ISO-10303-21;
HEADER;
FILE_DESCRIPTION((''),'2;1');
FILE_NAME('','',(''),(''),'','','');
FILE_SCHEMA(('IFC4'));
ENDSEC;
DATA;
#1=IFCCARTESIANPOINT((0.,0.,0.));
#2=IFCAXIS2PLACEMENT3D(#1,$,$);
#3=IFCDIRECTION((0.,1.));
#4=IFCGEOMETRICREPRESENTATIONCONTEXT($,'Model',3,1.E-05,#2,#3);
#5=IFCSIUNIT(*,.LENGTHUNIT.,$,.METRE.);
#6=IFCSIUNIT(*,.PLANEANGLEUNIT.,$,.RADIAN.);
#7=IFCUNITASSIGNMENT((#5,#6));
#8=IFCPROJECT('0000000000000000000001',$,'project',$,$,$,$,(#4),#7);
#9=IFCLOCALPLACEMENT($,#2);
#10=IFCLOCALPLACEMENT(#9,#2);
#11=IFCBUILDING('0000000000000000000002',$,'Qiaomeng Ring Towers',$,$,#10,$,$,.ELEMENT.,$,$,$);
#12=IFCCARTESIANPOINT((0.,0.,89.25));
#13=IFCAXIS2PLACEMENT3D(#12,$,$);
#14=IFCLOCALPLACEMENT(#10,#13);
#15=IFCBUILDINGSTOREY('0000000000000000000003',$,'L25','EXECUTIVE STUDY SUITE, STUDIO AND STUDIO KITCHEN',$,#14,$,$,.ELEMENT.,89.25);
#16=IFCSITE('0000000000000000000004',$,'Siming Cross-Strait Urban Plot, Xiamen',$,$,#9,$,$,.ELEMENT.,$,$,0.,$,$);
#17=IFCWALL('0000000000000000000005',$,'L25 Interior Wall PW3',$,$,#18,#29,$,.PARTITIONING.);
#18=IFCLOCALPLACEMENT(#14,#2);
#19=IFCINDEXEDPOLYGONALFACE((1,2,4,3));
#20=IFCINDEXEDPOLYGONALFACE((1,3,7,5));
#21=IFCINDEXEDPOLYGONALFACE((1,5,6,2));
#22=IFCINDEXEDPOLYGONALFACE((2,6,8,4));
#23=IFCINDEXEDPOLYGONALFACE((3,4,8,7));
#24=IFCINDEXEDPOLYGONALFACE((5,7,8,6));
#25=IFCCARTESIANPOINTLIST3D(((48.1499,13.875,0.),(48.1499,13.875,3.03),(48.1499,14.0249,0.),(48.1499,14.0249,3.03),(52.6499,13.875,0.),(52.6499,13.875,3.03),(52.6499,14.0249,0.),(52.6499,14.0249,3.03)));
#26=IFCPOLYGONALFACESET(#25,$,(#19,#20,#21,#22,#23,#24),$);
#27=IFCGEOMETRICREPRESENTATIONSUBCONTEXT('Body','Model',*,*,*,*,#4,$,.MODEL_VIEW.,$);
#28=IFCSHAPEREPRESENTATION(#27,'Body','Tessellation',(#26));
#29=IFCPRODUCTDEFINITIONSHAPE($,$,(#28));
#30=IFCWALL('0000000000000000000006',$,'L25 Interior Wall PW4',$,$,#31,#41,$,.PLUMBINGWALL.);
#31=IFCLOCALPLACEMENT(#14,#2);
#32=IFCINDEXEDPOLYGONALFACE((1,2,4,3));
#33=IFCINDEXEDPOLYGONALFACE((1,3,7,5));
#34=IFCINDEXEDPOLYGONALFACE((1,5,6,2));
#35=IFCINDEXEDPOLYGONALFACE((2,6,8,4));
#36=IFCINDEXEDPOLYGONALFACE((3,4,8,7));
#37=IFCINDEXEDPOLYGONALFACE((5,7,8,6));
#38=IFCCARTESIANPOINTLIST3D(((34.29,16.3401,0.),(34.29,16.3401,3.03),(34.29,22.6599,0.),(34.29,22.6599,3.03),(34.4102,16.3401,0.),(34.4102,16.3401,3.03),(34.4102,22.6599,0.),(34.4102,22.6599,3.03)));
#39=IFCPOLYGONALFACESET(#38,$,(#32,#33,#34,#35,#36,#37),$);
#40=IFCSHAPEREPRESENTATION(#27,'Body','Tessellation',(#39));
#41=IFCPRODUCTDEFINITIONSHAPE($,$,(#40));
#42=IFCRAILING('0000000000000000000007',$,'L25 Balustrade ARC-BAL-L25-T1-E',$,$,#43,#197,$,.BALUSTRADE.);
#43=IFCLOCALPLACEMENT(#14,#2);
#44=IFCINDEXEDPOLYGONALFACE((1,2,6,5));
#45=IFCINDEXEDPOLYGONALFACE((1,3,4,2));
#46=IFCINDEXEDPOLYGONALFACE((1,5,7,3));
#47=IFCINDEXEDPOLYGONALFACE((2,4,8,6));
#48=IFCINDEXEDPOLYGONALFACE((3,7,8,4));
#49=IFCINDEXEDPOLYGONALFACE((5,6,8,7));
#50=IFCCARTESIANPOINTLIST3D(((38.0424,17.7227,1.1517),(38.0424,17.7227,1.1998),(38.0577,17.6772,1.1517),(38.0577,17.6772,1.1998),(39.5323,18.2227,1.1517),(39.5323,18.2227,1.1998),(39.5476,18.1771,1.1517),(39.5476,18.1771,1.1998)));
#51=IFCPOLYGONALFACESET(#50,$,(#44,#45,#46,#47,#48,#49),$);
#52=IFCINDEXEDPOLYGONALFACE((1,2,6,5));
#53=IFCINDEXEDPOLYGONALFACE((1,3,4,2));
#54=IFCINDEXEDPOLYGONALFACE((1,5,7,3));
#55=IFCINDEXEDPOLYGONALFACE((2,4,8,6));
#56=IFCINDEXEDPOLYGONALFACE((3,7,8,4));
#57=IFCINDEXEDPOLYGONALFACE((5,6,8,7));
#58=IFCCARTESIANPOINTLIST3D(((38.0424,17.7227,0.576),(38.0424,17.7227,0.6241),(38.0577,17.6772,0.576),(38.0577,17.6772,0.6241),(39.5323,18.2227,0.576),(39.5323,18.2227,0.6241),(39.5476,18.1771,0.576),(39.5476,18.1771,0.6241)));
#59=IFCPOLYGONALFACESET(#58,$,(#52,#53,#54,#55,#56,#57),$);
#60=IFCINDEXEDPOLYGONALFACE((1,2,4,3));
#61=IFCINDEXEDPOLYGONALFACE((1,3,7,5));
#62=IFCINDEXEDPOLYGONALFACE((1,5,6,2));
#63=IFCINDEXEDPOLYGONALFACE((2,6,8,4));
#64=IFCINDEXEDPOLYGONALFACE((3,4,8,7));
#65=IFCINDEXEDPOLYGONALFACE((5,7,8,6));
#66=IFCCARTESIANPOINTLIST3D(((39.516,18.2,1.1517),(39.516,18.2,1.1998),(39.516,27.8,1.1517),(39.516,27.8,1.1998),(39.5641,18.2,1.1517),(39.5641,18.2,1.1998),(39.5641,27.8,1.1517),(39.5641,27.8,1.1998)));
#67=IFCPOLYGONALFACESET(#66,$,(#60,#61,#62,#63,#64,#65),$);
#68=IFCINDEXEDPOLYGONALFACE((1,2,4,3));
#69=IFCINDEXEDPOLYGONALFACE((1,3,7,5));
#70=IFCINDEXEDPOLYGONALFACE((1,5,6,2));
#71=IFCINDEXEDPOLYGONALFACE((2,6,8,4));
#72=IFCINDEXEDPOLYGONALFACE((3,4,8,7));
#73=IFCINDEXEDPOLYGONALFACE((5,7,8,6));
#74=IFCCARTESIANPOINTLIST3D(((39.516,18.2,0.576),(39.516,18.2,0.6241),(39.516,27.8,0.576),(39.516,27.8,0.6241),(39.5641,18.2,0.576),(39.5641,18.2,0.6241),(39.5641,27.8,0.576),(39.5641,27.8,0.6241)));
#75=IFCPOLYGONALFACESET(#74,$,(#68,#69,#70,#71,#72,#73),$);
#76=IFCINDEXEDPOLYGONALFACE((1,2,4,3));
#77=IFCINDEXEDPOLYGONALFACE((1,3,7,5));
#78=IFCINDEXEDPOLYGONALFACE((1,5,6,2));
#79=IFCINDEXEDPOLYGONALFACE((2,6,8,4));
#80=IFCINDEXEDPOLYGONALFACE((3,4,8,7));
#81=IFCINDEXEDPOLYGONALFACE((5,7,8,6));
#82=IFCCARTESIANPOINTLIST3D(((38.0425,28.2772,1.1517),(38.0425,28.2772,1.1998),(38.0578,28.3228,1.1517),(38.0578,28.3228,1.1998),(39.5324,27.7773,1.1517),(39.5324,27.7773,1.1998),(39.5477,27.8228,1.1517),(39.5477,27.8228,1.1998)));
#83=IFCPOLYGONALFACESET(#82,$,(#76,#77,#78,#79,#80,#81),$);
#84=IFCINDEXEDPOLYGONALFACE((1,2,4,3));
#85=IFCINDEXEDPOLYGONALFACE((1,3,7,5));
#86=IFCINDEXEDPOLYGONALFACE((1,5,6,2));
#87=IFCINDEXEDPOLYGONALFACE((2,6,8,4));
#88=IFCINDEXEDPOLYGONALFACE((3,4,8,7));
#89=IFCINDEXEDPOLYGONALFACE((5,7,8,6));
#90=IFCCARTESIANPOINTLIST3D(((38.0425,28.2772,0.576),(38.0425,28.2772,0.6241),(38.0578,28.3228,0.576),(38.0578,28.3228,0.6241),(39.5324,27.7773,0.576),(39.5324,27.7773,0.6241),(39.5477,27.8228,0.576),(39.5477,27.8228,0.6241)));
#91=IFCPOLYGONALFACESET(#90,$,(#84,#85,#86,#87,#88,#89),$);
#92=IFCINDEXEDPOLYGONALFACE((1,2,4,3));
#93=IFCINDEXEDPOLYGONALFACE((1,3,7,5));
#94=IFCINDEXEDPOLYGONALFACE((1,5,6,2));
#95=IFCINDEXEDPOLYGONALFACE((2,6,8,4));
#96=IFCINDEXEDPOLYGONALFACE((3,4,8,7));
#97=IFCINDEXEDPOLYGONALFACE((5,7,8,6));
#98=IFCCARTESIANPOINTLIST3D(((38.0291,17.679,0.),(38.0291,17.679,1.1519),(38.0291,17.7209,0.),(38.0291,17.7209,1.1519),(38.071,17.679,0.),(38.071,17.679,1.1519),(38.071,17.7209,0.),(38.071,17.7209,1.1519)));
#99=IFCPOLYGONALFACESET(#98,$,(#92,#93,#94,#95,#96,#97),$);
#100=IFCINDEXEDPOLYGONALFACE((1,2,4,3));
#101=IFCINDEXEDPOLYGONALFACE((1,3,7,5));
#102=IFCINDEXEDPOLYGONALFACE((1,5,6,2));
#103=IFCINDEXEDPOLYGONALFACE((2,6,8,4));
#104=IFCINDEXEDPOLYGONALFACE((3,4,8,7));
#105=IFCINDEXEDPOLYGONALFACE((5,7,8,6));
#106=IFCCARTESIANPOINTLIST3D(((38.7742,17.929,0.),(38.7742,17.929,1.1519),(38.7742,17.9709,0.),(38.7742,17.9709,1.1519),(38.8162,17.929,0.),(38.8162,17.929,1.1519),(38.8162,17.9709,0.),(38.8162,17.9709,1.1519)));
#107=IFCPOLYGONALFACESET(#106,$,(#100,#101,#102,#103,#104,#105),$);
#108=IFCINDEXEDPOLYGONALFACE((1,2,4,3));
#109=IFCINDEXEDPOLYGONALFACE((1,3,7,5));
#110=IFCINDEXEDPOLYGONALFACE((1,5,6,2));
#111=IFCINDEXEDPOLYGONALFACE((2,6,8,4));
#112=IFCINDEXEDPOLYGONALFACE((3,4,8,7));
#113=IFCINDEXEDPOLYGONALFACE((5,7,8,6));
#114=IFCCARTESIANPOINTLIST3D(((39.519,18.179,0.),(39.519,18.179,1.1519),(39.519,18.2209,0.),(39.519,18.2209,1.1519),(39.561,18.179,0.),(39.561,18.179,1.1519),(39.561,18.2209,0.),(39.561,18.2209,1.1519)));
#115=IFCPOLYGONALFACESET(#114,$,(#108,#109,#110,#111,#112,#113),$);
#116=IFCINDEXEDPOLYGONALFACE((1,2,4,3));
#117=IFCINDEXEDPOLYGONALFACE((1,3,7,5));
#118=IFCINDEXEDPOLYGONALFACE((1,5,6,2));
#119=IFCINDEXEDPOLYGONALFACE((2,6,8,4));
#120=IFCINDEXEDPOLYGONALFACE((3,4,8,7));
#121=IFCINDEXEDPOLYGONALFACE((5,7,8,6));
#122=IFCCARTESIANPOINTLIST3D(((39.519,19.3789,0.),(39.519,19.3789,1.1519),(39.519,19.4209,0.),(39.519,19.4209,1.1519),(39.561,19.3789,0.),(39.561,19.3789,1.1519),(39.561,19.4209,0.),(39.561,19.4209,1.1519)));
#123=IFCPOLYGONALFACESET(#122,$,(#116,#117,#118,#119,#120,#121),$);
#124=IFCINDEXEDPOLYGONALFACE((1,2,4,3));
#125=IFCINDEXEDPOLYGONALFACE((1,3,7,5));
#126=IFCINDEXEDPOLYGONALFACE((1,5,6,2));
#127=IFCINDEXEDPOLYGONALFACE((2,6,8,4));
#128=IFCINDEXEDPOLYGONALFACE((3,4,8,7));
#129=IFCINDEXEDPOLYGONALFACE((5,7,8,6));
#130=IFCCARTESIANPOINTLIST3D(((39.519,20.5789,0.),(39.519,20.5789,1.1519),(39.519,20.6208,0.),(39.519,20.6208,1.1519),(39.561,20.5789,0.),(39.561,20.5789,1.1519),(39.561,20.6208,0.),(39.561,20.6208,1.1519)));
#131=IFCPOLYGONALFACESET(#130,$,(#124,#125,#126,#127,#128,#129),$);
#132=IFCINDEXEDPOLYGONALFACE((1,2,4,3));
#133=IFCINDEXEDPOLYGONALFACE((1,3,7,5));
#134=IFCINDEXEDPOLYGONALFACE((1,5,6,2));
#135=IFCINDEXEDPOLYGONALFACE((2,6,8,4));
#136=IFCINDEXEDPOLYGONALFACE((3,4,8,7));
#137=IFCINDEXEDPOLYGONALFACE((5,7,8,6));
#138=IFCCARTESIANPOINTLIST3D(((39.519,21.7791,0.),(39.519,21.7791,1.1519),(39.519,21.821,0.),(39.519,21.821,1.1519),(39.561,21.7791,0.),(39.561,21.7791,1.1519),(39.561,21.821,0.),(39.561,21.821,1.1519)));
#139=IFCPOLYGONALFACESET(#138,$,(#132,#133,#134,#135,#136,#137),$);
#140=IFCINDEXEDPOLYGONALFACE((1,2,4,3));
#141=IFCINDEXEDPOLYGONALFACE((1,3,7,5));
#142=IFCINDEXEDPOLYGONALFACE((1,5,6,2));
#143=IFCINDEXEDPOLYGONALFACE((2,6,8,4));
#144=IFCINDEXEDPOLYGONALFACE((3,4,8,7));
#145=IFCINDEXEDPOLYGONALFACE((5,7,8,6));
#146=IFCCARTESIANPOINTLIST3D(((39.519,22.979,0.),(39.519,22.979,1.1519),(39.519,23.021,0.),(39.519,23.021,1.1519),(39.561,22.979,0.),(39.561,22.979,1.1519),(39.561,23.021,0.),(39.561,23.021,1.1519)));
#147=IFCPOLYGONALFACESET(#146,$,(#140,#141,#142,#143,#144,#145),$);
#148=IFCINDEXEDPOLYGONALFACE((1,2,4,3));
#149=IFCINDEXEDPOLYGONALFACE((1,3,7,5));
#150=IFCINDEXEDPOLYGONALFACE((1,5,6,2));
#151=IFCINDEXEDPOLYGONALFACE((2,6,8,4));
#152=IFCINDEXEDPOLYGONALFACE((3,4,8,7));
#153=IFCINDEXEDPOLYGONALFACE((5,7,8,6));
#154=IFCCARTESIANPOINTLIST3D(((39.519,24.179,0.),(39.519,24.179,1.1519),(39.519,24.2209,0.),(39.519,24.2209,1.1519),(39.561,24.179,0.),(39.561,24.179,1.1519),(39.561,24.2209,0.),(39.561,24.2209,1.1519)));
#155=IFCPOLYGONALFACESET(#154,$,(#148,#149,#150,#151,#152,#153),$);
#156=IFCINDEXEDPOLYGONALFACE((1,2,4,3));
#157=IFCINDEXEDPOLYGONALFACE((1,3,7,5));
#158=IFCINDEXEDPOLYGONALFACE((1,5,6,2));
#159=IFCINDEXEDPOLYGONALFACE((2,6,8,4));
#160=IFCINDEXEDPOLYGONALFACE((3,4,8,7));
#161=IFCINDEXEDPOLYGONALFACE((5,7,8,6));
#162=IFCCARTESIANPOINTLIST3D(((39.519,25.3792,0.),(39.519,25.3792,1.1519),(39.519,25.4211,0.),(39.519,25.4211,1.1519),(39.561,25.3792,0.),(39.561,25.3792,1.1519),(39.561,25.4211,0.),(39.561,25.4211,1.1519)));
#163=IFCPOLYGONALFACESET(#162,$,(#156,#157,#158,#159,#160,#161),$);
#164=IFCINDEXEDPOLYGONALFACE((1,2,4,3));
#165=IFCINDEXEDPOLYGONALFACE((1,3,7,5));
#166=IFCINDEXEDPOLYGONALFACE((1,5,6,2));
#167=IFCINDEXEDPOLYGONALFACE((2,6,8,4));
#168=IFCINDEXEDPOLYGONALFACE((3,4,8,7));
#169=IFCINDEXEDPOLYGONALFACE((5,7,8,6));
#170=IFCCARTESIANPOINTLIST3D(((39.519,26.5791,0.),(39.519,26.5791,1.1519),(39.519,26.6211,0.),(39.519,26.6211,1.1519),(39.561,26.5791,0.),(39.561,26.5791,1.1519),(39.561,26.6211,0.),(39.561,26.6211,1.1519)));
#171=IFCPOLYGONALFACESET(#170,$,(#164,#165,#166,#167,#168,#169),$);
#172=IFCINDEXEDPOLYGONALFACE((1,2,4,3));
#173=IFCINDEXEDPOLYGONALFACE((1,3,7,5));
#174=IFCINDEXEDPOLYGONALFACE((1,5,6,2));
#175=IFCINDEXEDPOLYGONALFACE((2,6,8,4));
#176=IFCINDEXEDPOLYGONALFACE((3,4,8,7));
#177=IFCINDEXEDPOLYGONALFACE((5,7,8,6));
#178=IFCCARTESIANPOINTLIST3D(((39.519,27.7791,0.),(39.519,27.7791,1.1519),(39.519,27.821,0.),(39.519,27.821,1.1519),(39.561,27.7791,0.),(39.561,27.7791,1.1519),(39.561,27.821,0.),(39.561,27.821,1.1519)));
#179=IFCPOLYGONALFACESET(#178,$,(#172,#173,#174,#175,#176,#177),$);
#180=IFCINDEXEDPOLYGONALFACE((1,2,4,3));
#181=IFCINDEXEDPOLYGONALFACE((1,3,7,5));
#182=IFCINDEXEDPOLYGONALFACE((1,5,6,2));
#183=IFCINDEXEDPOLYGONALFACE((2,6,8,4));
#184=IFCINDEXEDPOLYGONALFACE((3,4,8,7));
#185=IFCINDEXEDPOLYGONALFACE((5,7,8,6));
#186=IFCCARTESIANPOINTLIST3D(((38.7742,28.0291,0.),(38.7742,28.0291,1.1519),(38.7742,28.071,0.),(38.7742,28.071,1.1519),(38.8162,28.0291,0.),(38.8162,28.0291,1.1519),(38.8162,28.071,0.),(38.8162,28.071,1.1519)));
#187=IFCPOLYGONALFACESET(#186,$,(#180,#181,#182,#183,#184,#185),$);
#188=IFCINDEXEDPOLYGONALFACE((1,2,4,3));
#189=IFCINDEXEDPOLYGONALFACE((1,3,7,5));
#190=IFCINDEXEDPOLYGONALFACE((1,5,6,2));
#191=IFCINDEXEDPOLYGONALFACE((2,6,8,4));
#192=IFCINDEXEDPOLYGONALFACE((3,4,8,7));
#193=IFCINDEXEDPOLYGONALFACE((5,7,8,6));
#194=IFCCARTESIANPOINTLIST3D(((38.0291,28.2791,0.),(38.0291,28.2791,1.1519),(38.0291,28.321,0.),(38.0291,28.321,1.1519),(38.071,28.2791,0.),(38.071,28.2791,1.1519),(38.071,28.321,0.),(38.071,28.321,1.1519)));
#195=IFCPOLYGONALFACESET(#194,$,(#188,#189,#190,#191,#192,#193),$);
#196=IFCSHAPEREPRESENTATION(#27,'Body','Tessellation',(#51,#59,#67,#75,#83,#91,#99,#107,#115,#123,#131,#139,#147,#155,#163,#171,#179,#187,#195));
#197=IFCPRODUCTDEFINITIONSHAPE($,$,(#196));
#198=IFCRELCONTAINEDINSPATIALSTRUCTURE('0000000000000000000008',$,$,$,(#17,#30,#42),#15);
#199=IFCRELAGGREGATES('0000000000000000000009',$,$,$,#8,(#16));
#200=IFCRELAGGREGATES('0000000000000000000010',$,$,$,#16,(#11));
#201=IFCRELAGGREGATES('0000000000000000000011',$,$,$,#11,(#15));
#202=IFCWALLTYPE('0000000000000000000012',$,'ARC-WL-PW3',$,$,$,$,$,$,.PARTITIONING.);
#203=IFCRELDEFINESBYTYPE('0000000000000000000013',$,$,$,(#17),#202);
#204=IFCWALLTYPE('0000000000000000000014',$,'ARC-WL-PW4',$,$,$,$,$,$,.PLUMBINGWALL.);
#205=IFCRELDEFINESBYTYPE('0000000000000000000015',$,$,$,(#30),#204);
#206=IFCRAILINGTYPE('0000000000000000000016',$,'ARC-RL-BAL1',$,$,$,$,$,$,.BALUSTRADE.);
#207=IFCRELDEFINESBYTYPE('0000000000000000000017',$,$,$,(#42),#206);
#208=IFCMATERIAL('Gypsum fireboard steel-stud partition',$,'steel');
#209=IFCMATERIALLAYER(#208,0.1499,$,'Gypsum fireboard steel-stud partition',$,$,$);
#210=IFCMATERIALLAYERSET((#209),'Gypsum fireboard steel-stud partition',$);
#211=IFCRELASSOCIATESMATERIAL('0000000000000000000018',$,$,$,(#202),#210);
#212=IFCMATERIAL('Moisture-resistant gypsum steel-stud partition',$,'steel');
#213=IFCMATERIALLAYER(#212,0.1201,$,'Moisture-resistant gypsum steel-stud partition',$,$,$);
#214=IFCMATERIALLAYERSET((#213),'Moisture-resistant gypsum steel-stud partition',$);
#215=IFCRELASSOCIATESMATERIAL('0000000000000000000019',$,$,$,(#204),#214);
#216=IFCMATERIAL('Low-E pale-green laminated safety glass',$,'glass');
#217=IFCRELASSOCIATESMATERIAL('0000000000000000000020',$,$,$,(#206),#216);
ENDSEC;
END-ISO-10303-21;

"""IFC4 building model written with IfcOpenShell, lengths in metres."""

from ifc_helpers import new_model, si_unit, direction, frame, frame_2d, origin, origin_2d, place, context, subcontext, project, spatial, rectangle, extrude, material, layer, layer_set, type_object, element, save


model = new_model("IFC4")

# Units and contexts
model_context = context("Model", 3, precision=1e-05, world=origin(), true_north=direction((0.0, 1.0)))
body_context = subcontext(model_context, "Body", "Model", "MODEL_VIEW")
ifc_project = project(units=[si_unit("LENGTHUNIT", "METRE"), si_unit("PLANEANGLEUNIT", "RADIAN")], contexts=[model_context])

# Site, building, storey
site_placement = place(None, origin())
site = spatial("IfcSite", under=ifc_project, at=site_placement, Name="Siming Cross-Strait Urban Plot, Xiamen", CompositionType="ELEMENT", RefElevation=0.0)
building_placement = place(site_placement, origin())
building = spatial("IfcBuilding", under=site, at=building_placement, Name="Qiaomeng Ring Towers", CompositionType="ELEMENT")
storey_placement = place(building_placement, frame((0.0, 0.0, 89.25)))
storey = spatial("IfcBuildingStorey", under=building, at=storey_placement, Name="L25", Description="EXECUTIVE STUDY SUITE, STUDIO AND STUDIO KITCHEN", CompositionType="ELEMENT", Elevation=89.25)

# Walls
ifc_material_1 = material(Name="Gypsum fireboard steel-stud partition", Category="steel")
ifc_layer_1 = layer(ifc_material_1, 0.1499, Name="Gypsum fireboard steel-stud partition")
ifc_layer_set_1 = layer_set([ifc_layer_1], Name="Gypsum fireboard steel-stud partition")
wall_type_1 = type_object("IfcWallType", Name="ARC-WL-PW3", PredefinedType="PARTITIONING", material=ifc_layer_set_1)
wall_1_placement = place(storey_placement, frame((48.1499, 13.95, 0.0), z_axis=(0.0, 0.0, 1.0), x_axis=(1.0, 0.0, 0.0)))
element("IfcWall", 1, at=wall_1_placement, inside=storey, type_object=wall_type_1, Name="L25 Interior Wall PW3", PredefinedType="PARTITIONING", context=body_context, shape_type="SweptSolid", body=[
    extrude(rectangle(XDim=4.5, YDim=0.1499, at=frame_2d((2.25, 0.0))), origin(), (0.0, 0.0, 1.0), 3.03),
])
ifc_material_2 = material(Name="Moisture-resistant gypsum steel-stud partition", Category="steel")
ifc_layer_2 = layer(ifc_material_2, 0.1201, Name="Moisture-resistant gypsum steel-stud partition")
ifc_layer_set_2 = layer_set([ifc_layer_2], Name="Moisture-resistant gypsum steel-stud partition")
wall_type_2 = type_object("IfcWallType", Name="ARC-WL-PW4", PredefinedType="PLUMBINGWALL", material=ifc_layer_set_2)
wall_2_placement = place(storey_placement, frame((34.3501, 16.3401, 0.0), z_axis=(0.0, 0.0, 1.0), x_axis=(0.0, 1.0, 0.0)))
element("IfcWall", 2, at=wall_2_placement, inside=storey, type_object=wall_type_2, Name="L25 Interior Wall PW4", PredefinedType="PLUMBINGWALL", context=body_context, shape_type="SweptSolid", body=[
    extrude(rectangle(XDim=6.3198, YDim=0.1201, at=frame_2d((3.1599, 0.0))), origin(), (0.0, 0.0, 1.0), 3.03),
])

# Railing
ifc_material_3 = material(Name="Low-E pale-green laminated safety glass", Category="glass")
railing_type = type_object("IfcRailingType", Name="ARC-RL-BAL1", PredefinedType="BALUSTRADE", material=ifc_material_3)
railing_1_placement = place(storey_placement, frame((38.05, 17.7, 0.0)))
element("IfcRailing", 3, at=railing_1_placement, inside=storey, type_object=railing_type, Name="L25 Balustrade ARC-BAL-L25-T1-E", PredefinedType="BALUSTRADE", context=body_context, shape_type="SweptSolid", body=[
    extrude(rectangle(XDim=0.0481, YDim=0.0481, at=origin_2d()), frame((0.0, 0.0, 1.1758), z_axis=(0.948044, 0.318138, 0.0), x_axis=(-0.318138, 0.948044, 0.0)), (0.0, 0.0, 1.0), 1.5715),
    extrude(rectangle(XDim=0.0481, YDim=0.0481, at=origin_2d()), frame((0.0, 0.0, 0.6001), z_axis=(0.948044, 0.318138, 0.0), x_axis=(-0.318138, 0.948044, 0.0)), (0.0, 0.0, 1.0), 1.5715),
    extrude(rectangle(XDim=0.0481, YDim=0.0481, at=origin_2d()), frame((1.49, 0.5, 1.1758), z_axis=(0.0, 1.0, 0.0), x_axis=(-1.0, 0.0, 0.0)), (0.0, 0.0, 1.0), 9.6001),
    extrude(rectangle(XDim=0.0481, YDim=0.0481, at=origin_2d()), frame((1.49, 0.5, 0.6001), z_axis=(0.0, 1.0, 0.0), x_axis=(-1.0, 0.0, 0.0)), (0.0, 0.0, 1.0), 9.6001),
    extrude(rectangle(XDim=0.0481, YDim=0.0481, at=origin_2d()), frame((1.49, 10.1001, 1.1758), z_axis=(-0.948044, 0.318138, 0.0), x_axis=(-0.318138, -0.948044, 0.0)), (0.0, 0.0, 1.0), 1.5715),
    extrude(rectangle(XDim=0.0481, YDim=0.0481, at=origin_2d()), frame((1.49, 10.1001, 0.6001), z_axis=(-0.948044, 0.318138, 0.0), x_axis=(-0.318138, -0.948044, 0.0)), (0.0, 0.0, 1.0), 1.5715),
    extrude(rectangle(XDim=0.042, YDim=0.042, at=origin_2d()), origin(), (0.0, 0.0, 1.0), 1.1519),
    extrude(rectangle(XDim=0.042, YDim=0.042, at=origin_2d()), frame((0.7451, 0.25, 0.0)), (0.0, 0.0, 1.0), 1.1519),
    extrude(rectangle(XDim=0.042, YDim=0.042, at=origin_2d()), frame((1.49, 0.5, 0.0)), (0.0, 0.0, 1.0), 1.1519),
    extrude(rectangle(XDim=0.042, YDim=0.042, at=origin_2d()), frame((1.49, 1.7, 0.0)), (0.0, 0.0, 1.0), 1.1519),
    extrude(rectangle(XDim=0.042, YDim=0.042, at=origin_2d()), frame((1.49, 2.8999, 0.0)), (0.0, 0.0, 1.0), 1.1519),
    extrude(rectangle(XDim=0.042, YDim=0.042, at=origin_2d()), frame((1.49, 4.1001, 0.0)), (0.0, 0.0, 1.0), 1.1519),
    extrude(rectangle(XDim=0.042, YDim=0.042, at=origin_2d()), frame((1.49, 5.3, 0.0)), (0.0, 0.0, 1.0), 1.1519),
    extrude(rectangle(XDim=0.042, YDim=0.042, at=origin_2d()), frame((1.49, 6.5, 0.0)), (0.0, 0.0, 1.0), 1.1519),
    extrude(rectangle(XDim=0.042, YDim=0.042, at=origin_2d()), frame((1.49, 7.7002, 0.0)), (0.0, 0.0, 1.0), 1.1519),
    extrude(rectangle(XDim=0.042, YDim=0.042, at=origin_2d()), frame((1.49, 8.9001, 0.0)), (0.0, 0.0, 1.0), 1.1519),
    extrude(rectangle(XDim=0.042, YDim=0.042, at=origin_2d()), frame((1.49, 10.1001, 0.0)), (0.0, 0.0, 1.0), 1.1519),
    extrude(rectangle(XDim=0.042, YDim=0.042, at=origin_2d()), frame((0.7451, 10.3501, 0.0)), (0.0, 0.0, 1.0), 1.1519),
    extrude(rectangle(XDim=0.042, YDim=0.042, at=origin_2d()), frame((0.0, 10.6001, 0.0)), (0.0, 0.0, 1.0), 1.1519),
])

save(model, "model.ifc")
